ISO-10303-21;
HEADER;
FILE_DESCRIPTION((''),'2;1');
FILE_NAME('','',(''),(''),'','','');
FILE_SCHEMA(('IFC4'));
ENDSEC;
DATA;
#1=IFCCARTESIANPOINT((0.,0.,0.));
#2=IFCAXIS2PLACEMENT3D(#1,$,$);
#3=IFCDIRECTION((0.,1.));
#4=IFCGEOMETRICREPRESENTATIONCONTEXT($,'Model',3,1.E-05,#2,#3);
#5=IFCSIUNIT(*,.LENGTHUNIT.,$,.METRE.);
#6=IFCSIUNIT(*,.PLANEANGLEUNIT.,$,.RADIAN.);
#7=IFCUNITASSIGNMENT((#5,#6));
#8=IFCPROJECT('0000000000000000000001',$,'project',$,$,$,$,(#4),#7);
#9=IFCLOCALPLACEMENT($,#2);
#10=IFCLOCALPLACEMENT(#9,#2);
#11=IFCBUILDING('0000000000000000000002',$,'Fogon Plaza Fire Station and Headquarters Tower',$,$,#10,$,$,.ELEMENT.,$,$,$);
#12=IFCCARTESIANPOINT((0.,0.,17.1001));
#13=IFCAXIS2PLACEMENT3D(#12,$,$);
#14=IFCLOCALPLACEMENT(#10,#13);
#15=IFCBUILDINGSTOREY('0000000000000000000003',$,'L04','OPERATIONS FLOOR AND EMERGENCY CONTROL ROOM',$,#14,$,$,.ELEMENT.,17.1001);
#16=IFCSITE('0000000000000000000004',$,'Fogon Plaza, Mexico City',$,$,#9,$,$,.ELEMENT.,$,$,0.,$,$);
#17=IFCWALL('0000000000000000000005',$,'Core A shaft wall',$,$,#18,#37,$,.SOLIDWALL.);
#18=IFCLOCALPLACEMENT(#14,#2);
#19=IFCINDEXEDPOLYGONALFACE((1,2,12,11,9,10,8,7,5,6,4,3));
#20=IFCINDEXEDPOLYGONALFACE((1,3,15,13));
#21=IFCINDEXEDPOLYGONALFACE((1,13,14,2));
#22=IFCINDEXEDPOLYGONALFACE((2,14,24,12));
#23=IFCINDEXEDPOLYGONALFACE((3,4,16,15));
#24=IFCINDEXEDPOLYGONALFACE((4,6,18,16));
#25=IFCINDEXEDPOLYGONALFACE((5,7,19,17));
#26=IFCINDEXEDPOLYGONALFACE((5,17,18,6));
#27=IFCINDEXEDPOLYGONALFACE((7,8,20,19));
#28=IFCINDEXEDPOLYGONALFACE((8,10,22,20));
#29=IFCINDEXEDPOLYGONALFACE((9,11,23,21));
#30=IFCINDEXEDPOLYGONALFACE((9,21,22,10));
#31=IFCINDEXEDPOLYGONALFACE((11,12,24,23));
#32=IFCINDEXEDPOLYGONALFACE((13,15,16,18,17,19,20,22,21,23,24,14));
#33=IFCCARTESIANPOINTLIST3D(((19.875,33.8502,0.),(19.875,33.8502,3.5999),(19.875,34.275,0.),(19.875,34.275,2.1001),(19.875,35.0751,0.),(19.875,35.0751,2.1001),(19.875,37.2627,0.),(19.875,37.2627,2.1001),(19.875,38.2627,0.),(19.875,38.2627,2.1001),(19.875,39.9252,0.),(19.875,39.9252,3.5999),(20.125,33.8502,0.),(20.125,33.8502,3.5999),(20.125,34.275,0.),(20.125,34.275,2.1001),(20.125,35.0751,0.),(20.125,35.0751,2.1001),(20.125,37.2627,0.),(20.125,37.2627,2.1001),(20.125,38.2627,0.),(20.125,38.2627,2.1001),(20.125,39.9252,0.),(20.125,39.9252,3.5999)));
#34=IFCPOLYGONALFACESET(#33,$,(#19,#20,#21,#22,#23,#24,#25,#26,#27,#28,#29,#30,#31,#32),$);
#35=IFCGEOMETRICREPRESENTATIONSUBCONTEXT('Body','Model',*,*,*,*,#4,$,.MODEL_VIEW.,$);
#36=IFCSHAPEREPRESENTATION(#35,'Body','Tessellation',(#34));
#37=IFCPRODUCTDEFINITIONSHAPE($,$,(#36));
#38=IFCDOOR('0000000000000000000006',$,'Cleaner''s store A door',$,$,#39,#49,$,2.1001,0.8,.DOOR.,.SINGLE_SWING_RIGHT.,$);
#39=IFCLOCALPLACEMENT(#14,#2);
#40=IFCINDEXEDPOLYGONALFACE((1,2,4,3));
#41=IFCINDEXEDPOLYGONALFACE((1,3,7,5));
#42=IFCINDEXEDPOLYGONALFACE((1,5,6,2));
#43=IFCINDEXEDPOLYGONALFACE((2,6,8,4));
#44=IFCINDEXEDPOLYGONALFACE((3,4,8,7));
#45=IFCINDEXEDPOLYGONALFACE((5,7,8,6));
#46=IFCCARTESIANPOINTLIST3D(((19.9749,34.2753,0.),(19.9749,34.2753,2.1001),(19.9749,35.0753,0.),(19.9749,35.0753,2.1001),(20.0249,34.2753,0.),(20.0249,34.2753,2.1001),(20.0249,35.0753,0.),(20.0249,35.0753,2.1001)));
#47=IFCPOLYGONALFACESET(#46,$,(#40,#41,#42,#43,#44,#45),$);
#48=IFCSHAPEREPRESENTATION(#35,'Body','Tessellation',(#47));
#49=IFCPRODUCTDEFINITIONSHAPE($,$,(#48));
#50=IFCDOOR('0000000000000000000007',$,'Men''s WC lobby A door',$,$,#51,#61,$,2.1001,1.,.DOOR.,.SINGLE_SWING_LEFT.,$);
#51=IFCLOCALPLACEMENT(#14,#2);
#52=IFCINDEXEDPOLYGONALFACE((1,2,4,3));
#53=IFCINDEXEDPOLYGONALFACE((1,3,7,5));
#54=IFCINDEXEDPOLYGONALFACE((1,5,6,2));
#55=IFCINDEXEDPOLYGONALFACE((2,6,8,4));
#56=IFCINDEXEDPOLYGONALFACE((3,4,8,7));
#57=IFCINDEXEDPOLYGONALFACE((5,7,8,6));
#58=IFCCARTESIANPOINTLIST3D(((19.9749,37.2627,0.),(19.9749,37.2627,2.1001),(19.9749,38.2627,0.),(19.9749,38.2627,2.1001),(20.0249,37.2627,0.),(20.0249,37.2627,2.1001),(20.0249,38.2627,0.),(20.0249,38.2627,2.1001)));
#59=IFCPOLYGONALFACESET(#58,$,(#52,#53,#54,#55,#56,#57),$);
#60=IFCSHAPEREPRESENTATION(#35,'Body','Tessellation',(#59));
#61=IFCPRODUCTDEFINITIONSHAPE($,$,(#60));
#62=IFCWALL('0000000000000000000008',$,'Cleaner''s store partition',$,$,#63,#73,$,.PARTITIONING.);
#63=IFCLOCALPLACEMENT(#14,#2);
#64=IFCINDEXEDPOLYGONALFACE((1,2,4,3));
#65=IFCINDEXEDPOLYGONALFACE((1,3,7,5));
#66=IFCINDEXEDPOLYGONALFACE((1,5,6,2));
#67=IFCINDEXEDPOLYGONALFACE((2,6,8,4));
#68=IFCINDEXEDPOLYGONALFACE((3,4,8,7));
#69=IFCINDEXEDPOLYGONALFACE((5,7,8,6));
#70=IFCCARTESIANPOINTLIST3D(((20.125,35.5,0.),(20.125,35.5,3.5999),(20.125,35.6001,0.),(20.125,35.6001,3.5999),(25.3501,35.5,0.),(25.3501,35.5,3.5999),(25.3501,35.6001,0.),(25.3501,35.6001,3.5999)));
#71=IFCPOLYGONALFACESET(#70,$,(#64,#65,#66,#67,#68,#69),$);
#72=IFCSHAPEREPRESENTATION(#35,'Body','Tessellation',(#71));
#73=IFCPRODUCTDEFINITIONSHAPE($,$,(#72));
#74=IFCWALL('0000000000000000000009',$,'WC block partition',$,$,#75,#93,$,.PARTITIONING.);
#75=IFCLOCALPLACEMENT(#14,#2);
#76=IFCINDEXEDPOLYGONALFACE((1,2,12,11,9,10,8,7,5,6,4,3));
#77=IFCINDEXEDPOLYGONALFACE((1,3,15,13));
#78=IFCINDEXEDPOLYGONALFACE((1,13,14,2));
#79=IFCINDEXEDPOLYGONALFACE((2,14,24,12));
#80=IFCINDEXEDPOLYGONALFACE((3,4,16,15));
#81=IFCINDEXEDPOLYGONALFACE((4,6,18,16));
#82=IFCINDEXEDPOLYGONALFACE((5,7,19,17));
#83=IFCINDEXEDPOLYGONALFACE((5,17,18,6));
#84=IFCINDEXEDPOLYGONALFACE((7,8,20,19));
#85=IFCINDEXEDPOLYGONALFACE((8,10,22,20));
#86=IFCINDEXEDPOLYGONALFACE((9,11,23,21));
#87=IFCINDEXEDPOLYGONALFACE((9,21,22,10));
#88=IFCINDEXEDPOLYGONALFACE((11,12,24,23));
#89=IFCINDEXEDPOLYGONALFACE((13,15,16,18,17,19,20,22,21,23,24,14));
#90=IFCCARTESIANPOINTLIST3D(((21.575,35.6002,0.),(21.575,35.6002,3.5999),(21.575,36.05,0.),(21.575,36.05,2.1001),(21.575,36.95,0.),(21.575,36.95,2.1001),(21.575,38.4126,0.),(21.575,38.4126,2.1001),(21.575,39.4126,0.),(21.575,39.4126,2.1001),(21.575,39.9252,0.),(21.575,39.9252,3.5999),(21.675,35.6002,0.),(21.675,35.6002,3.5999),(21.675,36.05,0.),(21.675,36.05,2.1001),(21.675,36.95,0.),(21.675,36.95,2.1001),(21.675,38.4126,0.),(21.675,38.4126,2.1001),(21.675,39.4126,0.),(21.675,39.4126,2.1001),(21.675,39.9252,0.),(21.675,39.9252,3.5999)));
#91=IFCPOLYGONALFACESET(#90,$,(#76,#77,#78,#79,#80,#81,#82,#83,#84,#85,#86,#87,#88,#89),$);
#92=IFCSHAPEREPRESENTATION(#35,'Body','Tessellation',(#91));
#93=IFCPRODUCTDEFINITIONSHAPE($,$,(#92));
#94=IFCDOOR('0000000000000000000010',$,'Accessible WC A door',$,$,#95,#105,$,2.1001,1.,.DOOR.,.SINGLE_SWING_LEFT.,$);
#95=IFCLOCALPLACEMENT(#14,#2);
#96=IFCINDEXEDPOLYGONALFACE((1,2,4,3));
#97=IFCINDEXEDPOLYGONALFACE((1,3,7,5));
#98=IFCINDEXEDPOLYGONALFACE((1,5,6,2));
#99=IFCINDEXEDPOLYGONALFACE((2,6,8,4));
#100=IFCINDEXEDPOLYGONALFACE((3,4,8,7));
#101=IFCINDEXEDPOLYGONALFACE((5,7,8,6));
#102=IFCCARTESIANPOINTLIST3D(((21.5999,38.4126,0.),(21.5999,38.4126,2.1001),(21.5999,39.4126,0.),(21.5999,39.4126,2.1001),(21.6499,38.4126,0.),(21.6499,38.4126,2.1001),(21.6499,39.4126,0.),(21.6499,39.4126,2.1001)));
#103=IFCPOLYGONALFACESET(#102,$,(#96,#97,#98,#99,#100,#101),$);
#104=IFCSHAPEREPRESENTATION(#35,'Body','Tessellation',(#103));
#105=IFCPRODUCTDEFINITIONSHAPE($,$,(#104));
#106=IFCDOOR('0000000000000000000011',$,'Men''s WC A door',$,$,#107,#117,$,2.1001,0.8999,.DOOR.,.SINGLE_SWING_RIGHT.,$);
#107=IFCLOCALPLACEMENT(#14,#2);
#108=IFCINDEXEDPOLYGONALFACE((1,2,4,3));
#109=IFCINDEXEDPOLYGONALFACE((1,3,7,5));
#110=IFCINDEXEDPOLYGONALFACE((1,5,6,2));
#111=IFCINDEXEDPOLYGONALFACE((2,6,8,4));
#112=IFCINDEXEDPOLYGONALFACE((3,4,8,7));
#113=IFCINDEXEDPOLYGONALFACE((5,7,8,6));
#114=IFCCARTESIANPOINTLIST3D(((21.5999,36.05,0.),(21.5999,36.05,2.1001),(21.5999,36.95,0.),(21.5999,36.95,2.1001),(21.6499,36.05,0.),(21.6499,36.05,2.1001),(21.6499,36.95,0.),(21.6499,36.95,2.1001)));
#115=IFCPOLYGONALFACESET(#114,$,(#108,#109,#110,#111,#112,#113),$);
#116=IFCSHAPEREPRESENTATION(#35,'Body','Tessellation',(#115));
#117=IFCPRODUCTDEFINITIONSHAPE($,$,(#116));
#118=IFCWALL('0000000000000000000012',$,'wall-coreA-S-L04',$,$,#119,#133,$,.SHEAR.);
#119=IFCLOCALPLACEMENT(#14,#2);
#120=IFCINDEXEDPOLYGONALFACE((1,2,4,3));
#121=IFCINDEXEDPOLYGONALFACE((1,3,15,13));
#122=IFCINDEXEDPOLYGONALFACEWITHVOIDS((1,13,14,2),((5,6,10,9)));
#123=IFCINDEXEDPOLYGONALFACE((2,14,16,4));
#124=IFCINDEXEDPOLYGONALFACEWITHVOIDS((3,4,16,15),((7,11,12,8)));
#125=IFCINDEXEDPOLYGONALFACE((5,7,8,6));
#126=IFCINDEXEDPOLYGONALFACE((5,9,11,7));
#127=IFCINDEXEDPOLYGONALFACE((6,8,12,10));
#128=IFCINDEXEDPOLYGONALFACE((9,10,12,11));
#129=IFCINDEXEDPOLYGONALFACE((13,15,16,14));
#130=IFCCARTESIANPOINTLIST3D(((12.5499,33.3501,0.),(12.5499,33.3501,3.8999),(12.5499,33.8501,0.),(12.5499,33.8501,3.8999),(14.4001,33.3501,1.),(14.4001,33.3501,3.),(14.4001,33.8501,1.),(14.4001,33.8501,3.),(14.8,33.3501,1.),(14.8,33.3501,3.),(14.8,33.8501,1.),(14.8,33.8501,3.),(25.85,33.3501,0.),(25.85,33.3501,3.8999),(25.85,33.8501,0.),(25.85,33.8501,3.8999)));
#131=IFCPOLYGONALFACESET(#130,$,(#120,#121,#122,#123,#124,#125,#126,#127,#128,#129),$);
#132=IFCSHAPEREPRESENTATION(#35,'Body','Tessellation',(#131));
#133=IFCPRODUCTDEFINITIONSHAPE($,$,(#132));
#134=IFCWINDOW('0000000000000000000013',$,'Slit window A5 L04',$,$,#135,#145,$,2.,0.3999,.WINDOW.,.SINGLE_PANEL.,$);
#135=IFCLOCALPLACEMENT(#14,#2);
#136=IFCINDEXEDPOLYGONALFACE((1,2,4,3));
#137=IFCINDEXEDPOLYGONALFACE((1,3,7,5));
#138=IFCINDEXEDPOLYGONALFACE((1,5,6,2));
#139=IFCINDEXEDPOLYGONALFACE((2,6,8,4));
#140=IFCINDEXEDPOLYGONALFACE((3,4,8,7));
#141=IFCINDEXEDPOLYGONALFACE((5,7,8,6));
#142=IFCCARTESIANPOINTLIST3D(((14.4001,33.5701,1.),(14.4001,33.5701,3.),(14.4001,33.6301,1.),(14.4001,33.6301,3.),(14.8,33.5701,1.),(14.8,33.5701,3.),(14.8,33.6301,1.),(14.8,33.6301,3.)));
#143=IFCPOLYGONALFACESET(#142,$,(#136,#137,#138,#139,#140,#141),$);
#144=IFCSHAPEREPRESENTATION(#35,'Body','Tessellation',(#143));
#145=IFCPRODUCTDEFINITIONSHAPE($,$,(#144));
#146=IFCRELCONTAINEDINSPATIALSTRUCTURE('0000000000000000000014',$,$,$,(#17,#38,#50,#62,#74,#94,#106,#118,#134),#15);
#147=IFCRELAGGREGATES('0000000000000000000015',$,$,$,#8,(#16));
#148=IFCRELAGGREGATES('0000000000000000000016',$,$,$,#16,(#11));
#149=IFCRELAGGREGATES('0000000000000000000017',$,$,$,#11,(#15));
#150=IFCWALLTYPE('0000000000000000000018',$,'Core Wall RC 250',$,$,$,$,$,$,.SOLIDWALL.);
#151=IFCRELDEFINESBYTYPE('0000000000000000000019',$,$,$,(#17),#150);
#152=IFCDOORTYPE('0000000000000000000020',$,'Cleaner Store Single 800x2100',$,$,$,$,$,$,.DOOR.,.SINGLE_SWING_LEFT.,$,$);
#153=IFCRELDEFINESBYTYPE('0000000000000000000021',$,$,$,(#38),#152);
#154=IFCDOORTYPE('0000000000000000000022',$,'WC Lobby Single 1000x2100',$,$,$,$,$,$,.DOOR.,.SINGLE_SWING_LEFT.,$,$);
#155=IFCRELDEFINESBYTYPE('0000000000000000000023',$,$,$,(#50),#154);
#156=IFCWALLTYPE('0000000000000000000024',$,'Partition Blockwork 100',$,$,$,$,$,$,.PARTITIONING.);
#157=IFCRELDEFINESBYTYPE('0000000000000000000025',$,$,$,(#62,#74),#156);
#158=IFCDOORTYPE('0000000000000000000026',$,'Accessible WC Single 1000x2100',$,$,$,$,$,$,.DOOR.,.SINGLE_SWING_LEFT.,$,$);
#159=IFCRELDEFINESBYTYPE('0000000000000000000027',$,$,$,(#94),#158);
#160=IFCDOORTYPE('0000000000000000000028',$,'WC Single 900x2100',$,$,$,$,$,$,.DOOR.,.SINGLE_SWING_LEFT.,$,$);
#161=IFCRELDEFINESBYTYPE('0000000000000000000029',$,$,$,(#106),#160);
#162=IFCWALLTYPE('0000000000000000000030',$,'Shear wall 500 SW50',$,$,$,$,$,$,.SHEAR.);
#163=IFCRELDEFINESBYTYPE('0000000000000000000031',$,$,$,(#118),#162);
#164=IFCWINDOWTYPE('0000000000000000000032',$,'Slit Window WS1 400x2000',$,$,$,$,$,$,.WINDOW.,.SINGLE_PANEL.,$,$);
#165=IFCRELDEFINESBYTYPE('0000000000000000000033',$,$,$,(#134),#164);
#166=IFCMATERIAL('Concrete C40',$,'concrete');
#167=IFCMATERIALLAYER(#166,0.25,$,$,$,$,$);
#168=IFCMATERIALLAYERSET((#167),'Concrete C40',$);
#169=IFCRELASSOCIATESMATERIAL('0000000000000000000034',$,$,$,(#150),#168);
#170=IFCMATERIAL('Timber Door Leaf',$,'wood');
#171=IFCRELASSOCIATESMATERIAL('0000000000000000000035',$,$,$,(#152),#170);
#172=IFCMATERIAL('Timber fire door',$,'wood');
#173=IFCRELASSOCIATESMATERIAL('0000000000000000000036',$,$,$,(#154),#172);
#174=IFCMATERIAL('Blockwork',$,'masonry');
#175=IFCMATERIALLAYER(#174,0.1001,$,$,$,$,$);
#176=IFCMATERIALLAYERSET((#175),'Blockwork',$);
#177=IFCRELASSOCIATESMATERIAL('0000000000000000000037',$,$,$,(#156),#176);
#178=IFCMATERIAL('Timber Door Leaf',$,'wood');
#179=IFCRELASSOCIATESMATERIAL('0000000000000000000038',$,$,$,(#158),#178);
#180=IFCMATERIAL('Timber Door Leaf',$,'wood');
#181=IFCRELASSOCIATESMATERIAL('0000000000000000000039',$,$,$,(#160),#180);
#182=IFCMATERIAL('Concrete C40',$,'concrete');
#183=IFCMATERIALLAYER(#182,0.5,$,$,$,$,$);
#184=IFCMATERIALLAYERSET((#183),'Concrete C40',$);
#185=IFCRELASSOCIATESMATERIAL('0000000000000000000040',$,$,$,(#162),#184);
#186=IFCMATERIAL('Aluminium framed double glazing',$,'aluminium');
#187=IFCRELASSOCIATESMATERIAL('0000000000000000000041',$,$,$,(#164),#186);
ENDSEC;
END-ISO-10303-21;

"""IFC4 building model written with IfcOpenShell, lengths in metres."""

from ifc_helpers import new_model, si_unit, direction, frame, frame_2d, origin, place, context, subcontext, project, spatial, rectangle, extrude, material, layer, layer_set, type_object, element, fill, save


model = new_model("IFC4")

# Units and contexts
model_context = context("Model", 3, precision=1e-05, world=origin(), true_north=direction((0.0, 1.0)))
body_context = subcontext(model_context, "Body", "Model", "MODEL_VIEW")
ifc_project = project(units=[si_unit("LENGTHUNIT", "METRE"), si_unit("PLANEANGLEUNIT", "RADIAN")], contexts=[model_context])

# Site, building, storey
site_placement = place(None, origin())
site = spatial("IfcSite", under=ifc_project, at=site_placement, Name="Fogon Plaza, Mexico City", CompositionType="ELEMENT", RefElevation=0.0)
building_placement = place(site_placement, origin())
building = spatial("IfcBuilding", under=site, at=building_placement, Name="Fogon Plaza Fire Station and Headquarters Tower", CompositionType="ELEMENT")
storey_placement = place(building_placement, frame((0.0, 0.0, 17.1001)))
storey = spatial("IfcBuildingStorey", under=building, at=storey_placement, Name="L04", Description="OPERATIONS FLOOR AND EMERGENCY CONTROL ROOM", CompositionType="ELEMENT", Elevation=17.1001)

# Shared definitions
ifc_material_1 = material(Name="Concrete C40", Category="concrete")
ifc_layer_1 = layer(ifc_material_1, 0.25)
ifc_layer_set_1 = layer_set([ifc_layer_1], Name="Concrete C40")
wall_type_1 = type_object("IfcWallType", Name="Core Wall RC 250", PredefinedType="SOLIDWALL", material=ifc_layer_set_1)

# Wall, openings, doors
wall_1_placement = place(storey_placement, frame((20.0, 33.8501, 0.0), z_axis=(0.0, 0.0, 1.0), x_axis=(0.0, 1.0, 0.0)))
wall_1 = element("IfcWall", 1, at=wall_1_placement, inside=storey, type_object=wall_type_1, Name="Core A shaft wall", PredefinedType="SOLIDWALL", context=body_context, shape_type="SweptSolid", body=[
    extrude(rectangle(XDim=6.075, YDim=0.25, at=frame_2d((3.0376, 0.0))), origin(), (0.0, 0.0, 1.0), 3.5999),
])
opening_1_placement = place(wall_1_placement, frame((0.425, 0.0, 0.0)))
opening_1 = element("IfcOpeningElement", 2, at=opening_1_placement, cuts=wall_1, PredefinedType="OPENING", context=body_context, shape_type="SweptSolid", body=[
    extrude(rectangle(XDim=0.8, YDim=2.1001, at=frame_2d((0.3999, 1.05))), frame((0.0, 0.135, 0.0), z_axis=(0.0, -1.0, 0.0), x_axis=(1.0, 0.0, 0.0)), (0.0, 0.0, 1.0), 0.27),
])
opening_2_placement = place(wall_1_placement, frame((3.4126, 0.0, 0.0)))
opening_2 = element("IfcOpeningElement", 3, at=opening_2_placement, cuts=wall_1, PredefinedType="OPENING", context=body_context, shape_type="SweptSolid", body=[
    extrude(rectangle(XDim=1.0, YDim=2.1001, at=frame_2d((0.5, 1.05))), frame((0.0, 0.135, 0.0), z_axis=(0.0, -1.0, 0.0), x_axis=(1.0, 0.0, 0.0)), (0.0, 0.0, 1.0), 0.27),
])
ifc_material_2 = material(Name="Timber Door Leaf", Category="wood")
door_type_1 = type_object("IfcDoorType", Name="Cleaner Store Single 800x2100", OperationType="SINGLE_SWING_LEFT", PredefinedType="DOOR", material=ifc_material_2)
door_1_placement = place(opening_1_placement, frame((0.8, 0.0, 0.0), z_axis=(0.0, 0.0, 1.0), x_axis=(-1.0, 0.0, 0.0)))
door_1 = element("IfcDoor", 4, at=door_1_placement, inside=storey, type_object=door_type_1, Name="Cleaner's store A door", OperationType="SINGLE_SWING_RIGHT", OverallHeight=2.1001, OverallWidth=0.8, PredefinedType="DOOR", context=body_context, shape_type="SweptSolid", body=[
    extrude(rectangle(XDim=0.8, YDim=2.1001, at=frame_2d((0.3999, 1.05))), frame((0.0, 0.0249, 0.0), z_axis=(0.0, -1.0, 0.0), x_axis=(1.0, 0.0, 0.0)), (0.0, 0.0, 1.0), 0.05),
])
fill(opening_1, door_1)
ifc_material_3 = material(Name="Timber fire door", Category="wood")
door_type_2 = type_object("IfcDoorType", Name="WC Lobby Single 1000x2100", OperationType="SINGLE_SWING_LEFT", PredefinedType="DOOR", material=ifc_material_3)
door_2_placement = place(opening_2_placement, frame((1.0, 0.0, 0.0), z_axis=(0.0, 0.0, 1.0), x_axis=(-1.0, 0.0, 0.0)))
door_2 = element("IfcDoor", 5, at=door_2_placement, inside=storey, type_object=door_type_2, Name="Men's WC lobby A door", OperationType="SINGLE_SWING_LEFT", OverallHeight=2.1001, OverallWidth=1.0, PredefinedType="DOOR", context=body_context, shape_type="SweptSolid", body=[
    extrude(rectangle(XDim=1.0, YDim=2.1001, at=frame_2d((0.5, 1.05))), frame((0.0, 0.0249, 0.0), z_axis=(0.0, -1.0, 0.0), x_axis=(1.0, 0.0, 0.0)), (0.0, 0.0, 1.0), 0.05),
])
fill(opening_2, door_2)

# Wall
ifc_material_4 = material(Name="Blockwork", Category="masonry")
ifc_layer_2 = layer(ifc_material_4, 0.1001)
ifc_layer_set_2 = layer_set([ifc_layer_2], Name="Blockwork")
wall_type_2 = type_object("IfcWallType", Name="Partition Blockwork 100", PredefinedType="PARTITIONING", material=ifc_layer_set_2)
wall_2_placement = place(storey_placement, frame((20.125, 35.55, 0.0), z_axis=(0.0, 0.0, 1.0), x_axis=(1.0, 0.0, 0.0)))
element("IfcWall", 6, at=wall_2_placement, inside=storey, type_object=wall_type_2, Name="Cleaner's store partition", PredefinedType="PARTITIONING", context=body_context, shape_type="SweptSolid", body=[
    extrude(rectangle(XDim=5.2251, YDim=0.1001, at=frame_2d((2.6125, 0.0))), origin(), (0.0, 0.0, 1.0), 3.5999),
])

# Wall, openings, doors
wall_3_placement = place(storey_placement, frame((21.625, 35.6001, 0.0), z_axis=(0.0, 0.0, 1.0), x_axis=(0.0, 1.0, 0.0)))
wall_3 = element("IfcWall", 7, at=wall_3_placement, inside=storey, type_object=wall_type_2, Name="WC block partition", PredefinedType="PARTITIONING", context=body_context, shape_type="SweptSolid", body=[
    extrude(rectangle(XDim=4.325, YDim=0.1001, at=frame_2d((2.1626, 0.0))), origin(), (0.0, 0.0, 1.0), 3.5999),
])
opening_3_placement = place(wall_3_placement, frame((0.45, 0.0, 0.0)))
opening_3 = element("IfcOpeningElement", 8, at=opening_3_placement, cuts=wall_3, PredefinedType="OPENING", context=body_context, shape_type="SweptSolid", body=[
    extrude(rectangle(XDim=0.8999, YDim=2.1001, at=frame_2d((0.45, 1.05))), frame((0.0, 0.0601, 0.0), z_axis=(0.0, -1.0, 0.0), x_axis=(1.0, 0.0, 0.0)), (0.0, 0.0, 1.0), 0.1201),
])
opening_4_placement = place(wall_3_placement, frame((2.8125, 0.0, 0.0)))
opening_4 = element("IfcOpeningElement", 9, at=opening_4_placement, cuts=wall_3, PredefinedType="OPENING", context=body_context, shape_type="SweptSolid", body=[
    extrude(rectangle(XDim=1.0, YDim=2.1001, at=frame_2d((0.5, 1.05))), frame((0.0, 0.0601, 0.0), z_axis=(0.0, -1.0, 0.0), x_axis=(1.0, 0.0, 0.0)), (0.0, 0.0, 1.0), 0.1201),
])
ifc_material_5 = material(Name="Timber Door Leaf", Category="wood")
door_type_3 = type_object("IfcDoorType", Name="Accessible WC Single 1000x2100", OperationType="SINGLE_SWING_LEFT", PredefinedType="DOOR", material=ifc_material_5)
door_3_placement = place(opening_4_placement, frame((1.0, 0.0, 0.0), z_axis=(0.0, 0.0, 1.0), x_axis=(-1.0, 0.0, 0.0)))
door_3 = element("IfcDoor", 10, at=door_3_placement, inside=storey, type_object=door_type_3, Name="Accessible WC A door", OperationType="SINGLE_SWING_LEFT", OverallHeight=2.1001, OverallWidth=1.0, PredefinedType="DOOR", context=body_context, shape_type="SweptSolid", body=[
    extrude(rectangle(XDim=1.0, YDim=2.1001, at=frame_2d((0.5, 1.05))), frame((0.0, 0.0249, 0.0), z_axis=(0.0, -1.0, 0.0), x_axis=(1.0, 0.0, 0.0)), (0.0, 0.0, 1.0), 0.05),
])
fill(opening_4, door_3)
ifc_material_6 = material(Name="Timber Door Leaf", Category="wood")
door_type_4 = type_object("IfcDoorType", Name="WC Single 900x2100", OperationType="SINGLE_SWING_LEFT", PredefinedType="DOOR", material=ifc_material_6)
door_4_placement = place(opening_3_placement, frame((0.8999, 0.0, 0.0), z_axis=(0.0, 0.0, 1.0), x_axis=(-1.0, 0.0, 0.0)))
door_4 = element("IfcDoor", 11, at=door_4_placement, inside=storey, type_object=door_type_4, Name="Men's WC A door", OperationType="SINGLE_SWING_RIGHT", OverallHeight=2.1001, OverallWidth=0.8999, PredefinedType="DOOR", context=body_context, shape_type="SweptSolid", body=[
    extrude(rectangle(XDim=0.8999, YDim=2.1001, at=frame_2d((0.45, 1.05))), frame((0.0, 0.0249, 0.0), z_axis=(0.0, -1.0, 0.0), x_axis=(1.0, 0.0, 0.0)), (0.0, 0.0, 1.0), 0.05),
])
fill(opening_3, door_4)

# Wall, opening, window
ifc_material_7 = material(Name="Concrete C40", Category="concrete")
ifc_layer_3 = layer(ifc_material_7, 0.5)
ifc_layer_set_3 = layer_set([ifc_layer_3], Name="Concrete C40")
wall_type_3 = type_object("IfcWallType", Name="Shear wall 500 SW50", PredefinedType="SHEAR", material=ifc_layer_set_3)
wall_4_placement = place(storey_placement, frame((12.55, 33.6001, 0.0), z_axis=(0.0, 0.0, 1.0), x_axis=(1.0, 0.0, 0.0)))
wall_4 = element("IfcWall", 12, at=wall_4_placement, inside=storey, type_object=wall_type_3, Name="wall-coreA-S-L04", PredefinedType="SHEAR", context=body_context, shape_type="SweptSolid", body=[
    extrude(rectangle(XDim=13.3, YDim=0.5, at=frame_2d((6.6499, 0.0))), origin(), (0.0, 0.0, 1.0), 3.8999),
])
opening_5_placement = place(wall_4_placement, frame((1.8501, 0.0, 1.0)))
opening_5 = element("IfcOpeningElement", 13, at=opening_5_placement, cuts=wall_4, PredefinedType="OPENING", context=body_context, shape_type="SweptSolid", body=[
    extrude(rectangle(XDim=0.3999, YDim=2.0, at=frame_2d((0.2, 1.0))), frame((0.0, 0.26, 0.0), z_axis=(0.0, -1.0, 0.0), x_axis=(1.0, 0.0, 0.0)), (0.0, 0.0, 1.0), 0.52),
])
ifc_material_8 = material(Name="Aluminium framed double glazing", Category="aluminium")
window_type = type_object("IfcWindowType", Name="Slit Window WS1 400x2000", PartitioningType="SINGLE_PANEL", PredefinedType="WINDOW", material=ifc_material_8)
window_1_placement = place(opening_5_placement, origin())
window_1 = element("IfcWindow", 14, at=window_1_placement, inside=storey, type_object=window_type, Name="Slit window A5 L04", OverallHeight=2.0, OverallWidth=0.3999, PartitioningType="SINGLE_PANEL", PredefinedType="WINDOW", context=body_context, shape_type="SweptSolid", body=[
    extrude(rectangle(XDim=0.3999, YDim=2.0, at=frame_2d((0.2, 1.0))), frame((0.0, 0.03, 0.0), z_axis=(0.0, -1.0, 0.0), x_axis=(1.0, 0.0, 0.0)), (0.0, 0.0, 1.0), 0.0601),
])
fill(opening_5, window_1)

save(model, "model.ifc")
